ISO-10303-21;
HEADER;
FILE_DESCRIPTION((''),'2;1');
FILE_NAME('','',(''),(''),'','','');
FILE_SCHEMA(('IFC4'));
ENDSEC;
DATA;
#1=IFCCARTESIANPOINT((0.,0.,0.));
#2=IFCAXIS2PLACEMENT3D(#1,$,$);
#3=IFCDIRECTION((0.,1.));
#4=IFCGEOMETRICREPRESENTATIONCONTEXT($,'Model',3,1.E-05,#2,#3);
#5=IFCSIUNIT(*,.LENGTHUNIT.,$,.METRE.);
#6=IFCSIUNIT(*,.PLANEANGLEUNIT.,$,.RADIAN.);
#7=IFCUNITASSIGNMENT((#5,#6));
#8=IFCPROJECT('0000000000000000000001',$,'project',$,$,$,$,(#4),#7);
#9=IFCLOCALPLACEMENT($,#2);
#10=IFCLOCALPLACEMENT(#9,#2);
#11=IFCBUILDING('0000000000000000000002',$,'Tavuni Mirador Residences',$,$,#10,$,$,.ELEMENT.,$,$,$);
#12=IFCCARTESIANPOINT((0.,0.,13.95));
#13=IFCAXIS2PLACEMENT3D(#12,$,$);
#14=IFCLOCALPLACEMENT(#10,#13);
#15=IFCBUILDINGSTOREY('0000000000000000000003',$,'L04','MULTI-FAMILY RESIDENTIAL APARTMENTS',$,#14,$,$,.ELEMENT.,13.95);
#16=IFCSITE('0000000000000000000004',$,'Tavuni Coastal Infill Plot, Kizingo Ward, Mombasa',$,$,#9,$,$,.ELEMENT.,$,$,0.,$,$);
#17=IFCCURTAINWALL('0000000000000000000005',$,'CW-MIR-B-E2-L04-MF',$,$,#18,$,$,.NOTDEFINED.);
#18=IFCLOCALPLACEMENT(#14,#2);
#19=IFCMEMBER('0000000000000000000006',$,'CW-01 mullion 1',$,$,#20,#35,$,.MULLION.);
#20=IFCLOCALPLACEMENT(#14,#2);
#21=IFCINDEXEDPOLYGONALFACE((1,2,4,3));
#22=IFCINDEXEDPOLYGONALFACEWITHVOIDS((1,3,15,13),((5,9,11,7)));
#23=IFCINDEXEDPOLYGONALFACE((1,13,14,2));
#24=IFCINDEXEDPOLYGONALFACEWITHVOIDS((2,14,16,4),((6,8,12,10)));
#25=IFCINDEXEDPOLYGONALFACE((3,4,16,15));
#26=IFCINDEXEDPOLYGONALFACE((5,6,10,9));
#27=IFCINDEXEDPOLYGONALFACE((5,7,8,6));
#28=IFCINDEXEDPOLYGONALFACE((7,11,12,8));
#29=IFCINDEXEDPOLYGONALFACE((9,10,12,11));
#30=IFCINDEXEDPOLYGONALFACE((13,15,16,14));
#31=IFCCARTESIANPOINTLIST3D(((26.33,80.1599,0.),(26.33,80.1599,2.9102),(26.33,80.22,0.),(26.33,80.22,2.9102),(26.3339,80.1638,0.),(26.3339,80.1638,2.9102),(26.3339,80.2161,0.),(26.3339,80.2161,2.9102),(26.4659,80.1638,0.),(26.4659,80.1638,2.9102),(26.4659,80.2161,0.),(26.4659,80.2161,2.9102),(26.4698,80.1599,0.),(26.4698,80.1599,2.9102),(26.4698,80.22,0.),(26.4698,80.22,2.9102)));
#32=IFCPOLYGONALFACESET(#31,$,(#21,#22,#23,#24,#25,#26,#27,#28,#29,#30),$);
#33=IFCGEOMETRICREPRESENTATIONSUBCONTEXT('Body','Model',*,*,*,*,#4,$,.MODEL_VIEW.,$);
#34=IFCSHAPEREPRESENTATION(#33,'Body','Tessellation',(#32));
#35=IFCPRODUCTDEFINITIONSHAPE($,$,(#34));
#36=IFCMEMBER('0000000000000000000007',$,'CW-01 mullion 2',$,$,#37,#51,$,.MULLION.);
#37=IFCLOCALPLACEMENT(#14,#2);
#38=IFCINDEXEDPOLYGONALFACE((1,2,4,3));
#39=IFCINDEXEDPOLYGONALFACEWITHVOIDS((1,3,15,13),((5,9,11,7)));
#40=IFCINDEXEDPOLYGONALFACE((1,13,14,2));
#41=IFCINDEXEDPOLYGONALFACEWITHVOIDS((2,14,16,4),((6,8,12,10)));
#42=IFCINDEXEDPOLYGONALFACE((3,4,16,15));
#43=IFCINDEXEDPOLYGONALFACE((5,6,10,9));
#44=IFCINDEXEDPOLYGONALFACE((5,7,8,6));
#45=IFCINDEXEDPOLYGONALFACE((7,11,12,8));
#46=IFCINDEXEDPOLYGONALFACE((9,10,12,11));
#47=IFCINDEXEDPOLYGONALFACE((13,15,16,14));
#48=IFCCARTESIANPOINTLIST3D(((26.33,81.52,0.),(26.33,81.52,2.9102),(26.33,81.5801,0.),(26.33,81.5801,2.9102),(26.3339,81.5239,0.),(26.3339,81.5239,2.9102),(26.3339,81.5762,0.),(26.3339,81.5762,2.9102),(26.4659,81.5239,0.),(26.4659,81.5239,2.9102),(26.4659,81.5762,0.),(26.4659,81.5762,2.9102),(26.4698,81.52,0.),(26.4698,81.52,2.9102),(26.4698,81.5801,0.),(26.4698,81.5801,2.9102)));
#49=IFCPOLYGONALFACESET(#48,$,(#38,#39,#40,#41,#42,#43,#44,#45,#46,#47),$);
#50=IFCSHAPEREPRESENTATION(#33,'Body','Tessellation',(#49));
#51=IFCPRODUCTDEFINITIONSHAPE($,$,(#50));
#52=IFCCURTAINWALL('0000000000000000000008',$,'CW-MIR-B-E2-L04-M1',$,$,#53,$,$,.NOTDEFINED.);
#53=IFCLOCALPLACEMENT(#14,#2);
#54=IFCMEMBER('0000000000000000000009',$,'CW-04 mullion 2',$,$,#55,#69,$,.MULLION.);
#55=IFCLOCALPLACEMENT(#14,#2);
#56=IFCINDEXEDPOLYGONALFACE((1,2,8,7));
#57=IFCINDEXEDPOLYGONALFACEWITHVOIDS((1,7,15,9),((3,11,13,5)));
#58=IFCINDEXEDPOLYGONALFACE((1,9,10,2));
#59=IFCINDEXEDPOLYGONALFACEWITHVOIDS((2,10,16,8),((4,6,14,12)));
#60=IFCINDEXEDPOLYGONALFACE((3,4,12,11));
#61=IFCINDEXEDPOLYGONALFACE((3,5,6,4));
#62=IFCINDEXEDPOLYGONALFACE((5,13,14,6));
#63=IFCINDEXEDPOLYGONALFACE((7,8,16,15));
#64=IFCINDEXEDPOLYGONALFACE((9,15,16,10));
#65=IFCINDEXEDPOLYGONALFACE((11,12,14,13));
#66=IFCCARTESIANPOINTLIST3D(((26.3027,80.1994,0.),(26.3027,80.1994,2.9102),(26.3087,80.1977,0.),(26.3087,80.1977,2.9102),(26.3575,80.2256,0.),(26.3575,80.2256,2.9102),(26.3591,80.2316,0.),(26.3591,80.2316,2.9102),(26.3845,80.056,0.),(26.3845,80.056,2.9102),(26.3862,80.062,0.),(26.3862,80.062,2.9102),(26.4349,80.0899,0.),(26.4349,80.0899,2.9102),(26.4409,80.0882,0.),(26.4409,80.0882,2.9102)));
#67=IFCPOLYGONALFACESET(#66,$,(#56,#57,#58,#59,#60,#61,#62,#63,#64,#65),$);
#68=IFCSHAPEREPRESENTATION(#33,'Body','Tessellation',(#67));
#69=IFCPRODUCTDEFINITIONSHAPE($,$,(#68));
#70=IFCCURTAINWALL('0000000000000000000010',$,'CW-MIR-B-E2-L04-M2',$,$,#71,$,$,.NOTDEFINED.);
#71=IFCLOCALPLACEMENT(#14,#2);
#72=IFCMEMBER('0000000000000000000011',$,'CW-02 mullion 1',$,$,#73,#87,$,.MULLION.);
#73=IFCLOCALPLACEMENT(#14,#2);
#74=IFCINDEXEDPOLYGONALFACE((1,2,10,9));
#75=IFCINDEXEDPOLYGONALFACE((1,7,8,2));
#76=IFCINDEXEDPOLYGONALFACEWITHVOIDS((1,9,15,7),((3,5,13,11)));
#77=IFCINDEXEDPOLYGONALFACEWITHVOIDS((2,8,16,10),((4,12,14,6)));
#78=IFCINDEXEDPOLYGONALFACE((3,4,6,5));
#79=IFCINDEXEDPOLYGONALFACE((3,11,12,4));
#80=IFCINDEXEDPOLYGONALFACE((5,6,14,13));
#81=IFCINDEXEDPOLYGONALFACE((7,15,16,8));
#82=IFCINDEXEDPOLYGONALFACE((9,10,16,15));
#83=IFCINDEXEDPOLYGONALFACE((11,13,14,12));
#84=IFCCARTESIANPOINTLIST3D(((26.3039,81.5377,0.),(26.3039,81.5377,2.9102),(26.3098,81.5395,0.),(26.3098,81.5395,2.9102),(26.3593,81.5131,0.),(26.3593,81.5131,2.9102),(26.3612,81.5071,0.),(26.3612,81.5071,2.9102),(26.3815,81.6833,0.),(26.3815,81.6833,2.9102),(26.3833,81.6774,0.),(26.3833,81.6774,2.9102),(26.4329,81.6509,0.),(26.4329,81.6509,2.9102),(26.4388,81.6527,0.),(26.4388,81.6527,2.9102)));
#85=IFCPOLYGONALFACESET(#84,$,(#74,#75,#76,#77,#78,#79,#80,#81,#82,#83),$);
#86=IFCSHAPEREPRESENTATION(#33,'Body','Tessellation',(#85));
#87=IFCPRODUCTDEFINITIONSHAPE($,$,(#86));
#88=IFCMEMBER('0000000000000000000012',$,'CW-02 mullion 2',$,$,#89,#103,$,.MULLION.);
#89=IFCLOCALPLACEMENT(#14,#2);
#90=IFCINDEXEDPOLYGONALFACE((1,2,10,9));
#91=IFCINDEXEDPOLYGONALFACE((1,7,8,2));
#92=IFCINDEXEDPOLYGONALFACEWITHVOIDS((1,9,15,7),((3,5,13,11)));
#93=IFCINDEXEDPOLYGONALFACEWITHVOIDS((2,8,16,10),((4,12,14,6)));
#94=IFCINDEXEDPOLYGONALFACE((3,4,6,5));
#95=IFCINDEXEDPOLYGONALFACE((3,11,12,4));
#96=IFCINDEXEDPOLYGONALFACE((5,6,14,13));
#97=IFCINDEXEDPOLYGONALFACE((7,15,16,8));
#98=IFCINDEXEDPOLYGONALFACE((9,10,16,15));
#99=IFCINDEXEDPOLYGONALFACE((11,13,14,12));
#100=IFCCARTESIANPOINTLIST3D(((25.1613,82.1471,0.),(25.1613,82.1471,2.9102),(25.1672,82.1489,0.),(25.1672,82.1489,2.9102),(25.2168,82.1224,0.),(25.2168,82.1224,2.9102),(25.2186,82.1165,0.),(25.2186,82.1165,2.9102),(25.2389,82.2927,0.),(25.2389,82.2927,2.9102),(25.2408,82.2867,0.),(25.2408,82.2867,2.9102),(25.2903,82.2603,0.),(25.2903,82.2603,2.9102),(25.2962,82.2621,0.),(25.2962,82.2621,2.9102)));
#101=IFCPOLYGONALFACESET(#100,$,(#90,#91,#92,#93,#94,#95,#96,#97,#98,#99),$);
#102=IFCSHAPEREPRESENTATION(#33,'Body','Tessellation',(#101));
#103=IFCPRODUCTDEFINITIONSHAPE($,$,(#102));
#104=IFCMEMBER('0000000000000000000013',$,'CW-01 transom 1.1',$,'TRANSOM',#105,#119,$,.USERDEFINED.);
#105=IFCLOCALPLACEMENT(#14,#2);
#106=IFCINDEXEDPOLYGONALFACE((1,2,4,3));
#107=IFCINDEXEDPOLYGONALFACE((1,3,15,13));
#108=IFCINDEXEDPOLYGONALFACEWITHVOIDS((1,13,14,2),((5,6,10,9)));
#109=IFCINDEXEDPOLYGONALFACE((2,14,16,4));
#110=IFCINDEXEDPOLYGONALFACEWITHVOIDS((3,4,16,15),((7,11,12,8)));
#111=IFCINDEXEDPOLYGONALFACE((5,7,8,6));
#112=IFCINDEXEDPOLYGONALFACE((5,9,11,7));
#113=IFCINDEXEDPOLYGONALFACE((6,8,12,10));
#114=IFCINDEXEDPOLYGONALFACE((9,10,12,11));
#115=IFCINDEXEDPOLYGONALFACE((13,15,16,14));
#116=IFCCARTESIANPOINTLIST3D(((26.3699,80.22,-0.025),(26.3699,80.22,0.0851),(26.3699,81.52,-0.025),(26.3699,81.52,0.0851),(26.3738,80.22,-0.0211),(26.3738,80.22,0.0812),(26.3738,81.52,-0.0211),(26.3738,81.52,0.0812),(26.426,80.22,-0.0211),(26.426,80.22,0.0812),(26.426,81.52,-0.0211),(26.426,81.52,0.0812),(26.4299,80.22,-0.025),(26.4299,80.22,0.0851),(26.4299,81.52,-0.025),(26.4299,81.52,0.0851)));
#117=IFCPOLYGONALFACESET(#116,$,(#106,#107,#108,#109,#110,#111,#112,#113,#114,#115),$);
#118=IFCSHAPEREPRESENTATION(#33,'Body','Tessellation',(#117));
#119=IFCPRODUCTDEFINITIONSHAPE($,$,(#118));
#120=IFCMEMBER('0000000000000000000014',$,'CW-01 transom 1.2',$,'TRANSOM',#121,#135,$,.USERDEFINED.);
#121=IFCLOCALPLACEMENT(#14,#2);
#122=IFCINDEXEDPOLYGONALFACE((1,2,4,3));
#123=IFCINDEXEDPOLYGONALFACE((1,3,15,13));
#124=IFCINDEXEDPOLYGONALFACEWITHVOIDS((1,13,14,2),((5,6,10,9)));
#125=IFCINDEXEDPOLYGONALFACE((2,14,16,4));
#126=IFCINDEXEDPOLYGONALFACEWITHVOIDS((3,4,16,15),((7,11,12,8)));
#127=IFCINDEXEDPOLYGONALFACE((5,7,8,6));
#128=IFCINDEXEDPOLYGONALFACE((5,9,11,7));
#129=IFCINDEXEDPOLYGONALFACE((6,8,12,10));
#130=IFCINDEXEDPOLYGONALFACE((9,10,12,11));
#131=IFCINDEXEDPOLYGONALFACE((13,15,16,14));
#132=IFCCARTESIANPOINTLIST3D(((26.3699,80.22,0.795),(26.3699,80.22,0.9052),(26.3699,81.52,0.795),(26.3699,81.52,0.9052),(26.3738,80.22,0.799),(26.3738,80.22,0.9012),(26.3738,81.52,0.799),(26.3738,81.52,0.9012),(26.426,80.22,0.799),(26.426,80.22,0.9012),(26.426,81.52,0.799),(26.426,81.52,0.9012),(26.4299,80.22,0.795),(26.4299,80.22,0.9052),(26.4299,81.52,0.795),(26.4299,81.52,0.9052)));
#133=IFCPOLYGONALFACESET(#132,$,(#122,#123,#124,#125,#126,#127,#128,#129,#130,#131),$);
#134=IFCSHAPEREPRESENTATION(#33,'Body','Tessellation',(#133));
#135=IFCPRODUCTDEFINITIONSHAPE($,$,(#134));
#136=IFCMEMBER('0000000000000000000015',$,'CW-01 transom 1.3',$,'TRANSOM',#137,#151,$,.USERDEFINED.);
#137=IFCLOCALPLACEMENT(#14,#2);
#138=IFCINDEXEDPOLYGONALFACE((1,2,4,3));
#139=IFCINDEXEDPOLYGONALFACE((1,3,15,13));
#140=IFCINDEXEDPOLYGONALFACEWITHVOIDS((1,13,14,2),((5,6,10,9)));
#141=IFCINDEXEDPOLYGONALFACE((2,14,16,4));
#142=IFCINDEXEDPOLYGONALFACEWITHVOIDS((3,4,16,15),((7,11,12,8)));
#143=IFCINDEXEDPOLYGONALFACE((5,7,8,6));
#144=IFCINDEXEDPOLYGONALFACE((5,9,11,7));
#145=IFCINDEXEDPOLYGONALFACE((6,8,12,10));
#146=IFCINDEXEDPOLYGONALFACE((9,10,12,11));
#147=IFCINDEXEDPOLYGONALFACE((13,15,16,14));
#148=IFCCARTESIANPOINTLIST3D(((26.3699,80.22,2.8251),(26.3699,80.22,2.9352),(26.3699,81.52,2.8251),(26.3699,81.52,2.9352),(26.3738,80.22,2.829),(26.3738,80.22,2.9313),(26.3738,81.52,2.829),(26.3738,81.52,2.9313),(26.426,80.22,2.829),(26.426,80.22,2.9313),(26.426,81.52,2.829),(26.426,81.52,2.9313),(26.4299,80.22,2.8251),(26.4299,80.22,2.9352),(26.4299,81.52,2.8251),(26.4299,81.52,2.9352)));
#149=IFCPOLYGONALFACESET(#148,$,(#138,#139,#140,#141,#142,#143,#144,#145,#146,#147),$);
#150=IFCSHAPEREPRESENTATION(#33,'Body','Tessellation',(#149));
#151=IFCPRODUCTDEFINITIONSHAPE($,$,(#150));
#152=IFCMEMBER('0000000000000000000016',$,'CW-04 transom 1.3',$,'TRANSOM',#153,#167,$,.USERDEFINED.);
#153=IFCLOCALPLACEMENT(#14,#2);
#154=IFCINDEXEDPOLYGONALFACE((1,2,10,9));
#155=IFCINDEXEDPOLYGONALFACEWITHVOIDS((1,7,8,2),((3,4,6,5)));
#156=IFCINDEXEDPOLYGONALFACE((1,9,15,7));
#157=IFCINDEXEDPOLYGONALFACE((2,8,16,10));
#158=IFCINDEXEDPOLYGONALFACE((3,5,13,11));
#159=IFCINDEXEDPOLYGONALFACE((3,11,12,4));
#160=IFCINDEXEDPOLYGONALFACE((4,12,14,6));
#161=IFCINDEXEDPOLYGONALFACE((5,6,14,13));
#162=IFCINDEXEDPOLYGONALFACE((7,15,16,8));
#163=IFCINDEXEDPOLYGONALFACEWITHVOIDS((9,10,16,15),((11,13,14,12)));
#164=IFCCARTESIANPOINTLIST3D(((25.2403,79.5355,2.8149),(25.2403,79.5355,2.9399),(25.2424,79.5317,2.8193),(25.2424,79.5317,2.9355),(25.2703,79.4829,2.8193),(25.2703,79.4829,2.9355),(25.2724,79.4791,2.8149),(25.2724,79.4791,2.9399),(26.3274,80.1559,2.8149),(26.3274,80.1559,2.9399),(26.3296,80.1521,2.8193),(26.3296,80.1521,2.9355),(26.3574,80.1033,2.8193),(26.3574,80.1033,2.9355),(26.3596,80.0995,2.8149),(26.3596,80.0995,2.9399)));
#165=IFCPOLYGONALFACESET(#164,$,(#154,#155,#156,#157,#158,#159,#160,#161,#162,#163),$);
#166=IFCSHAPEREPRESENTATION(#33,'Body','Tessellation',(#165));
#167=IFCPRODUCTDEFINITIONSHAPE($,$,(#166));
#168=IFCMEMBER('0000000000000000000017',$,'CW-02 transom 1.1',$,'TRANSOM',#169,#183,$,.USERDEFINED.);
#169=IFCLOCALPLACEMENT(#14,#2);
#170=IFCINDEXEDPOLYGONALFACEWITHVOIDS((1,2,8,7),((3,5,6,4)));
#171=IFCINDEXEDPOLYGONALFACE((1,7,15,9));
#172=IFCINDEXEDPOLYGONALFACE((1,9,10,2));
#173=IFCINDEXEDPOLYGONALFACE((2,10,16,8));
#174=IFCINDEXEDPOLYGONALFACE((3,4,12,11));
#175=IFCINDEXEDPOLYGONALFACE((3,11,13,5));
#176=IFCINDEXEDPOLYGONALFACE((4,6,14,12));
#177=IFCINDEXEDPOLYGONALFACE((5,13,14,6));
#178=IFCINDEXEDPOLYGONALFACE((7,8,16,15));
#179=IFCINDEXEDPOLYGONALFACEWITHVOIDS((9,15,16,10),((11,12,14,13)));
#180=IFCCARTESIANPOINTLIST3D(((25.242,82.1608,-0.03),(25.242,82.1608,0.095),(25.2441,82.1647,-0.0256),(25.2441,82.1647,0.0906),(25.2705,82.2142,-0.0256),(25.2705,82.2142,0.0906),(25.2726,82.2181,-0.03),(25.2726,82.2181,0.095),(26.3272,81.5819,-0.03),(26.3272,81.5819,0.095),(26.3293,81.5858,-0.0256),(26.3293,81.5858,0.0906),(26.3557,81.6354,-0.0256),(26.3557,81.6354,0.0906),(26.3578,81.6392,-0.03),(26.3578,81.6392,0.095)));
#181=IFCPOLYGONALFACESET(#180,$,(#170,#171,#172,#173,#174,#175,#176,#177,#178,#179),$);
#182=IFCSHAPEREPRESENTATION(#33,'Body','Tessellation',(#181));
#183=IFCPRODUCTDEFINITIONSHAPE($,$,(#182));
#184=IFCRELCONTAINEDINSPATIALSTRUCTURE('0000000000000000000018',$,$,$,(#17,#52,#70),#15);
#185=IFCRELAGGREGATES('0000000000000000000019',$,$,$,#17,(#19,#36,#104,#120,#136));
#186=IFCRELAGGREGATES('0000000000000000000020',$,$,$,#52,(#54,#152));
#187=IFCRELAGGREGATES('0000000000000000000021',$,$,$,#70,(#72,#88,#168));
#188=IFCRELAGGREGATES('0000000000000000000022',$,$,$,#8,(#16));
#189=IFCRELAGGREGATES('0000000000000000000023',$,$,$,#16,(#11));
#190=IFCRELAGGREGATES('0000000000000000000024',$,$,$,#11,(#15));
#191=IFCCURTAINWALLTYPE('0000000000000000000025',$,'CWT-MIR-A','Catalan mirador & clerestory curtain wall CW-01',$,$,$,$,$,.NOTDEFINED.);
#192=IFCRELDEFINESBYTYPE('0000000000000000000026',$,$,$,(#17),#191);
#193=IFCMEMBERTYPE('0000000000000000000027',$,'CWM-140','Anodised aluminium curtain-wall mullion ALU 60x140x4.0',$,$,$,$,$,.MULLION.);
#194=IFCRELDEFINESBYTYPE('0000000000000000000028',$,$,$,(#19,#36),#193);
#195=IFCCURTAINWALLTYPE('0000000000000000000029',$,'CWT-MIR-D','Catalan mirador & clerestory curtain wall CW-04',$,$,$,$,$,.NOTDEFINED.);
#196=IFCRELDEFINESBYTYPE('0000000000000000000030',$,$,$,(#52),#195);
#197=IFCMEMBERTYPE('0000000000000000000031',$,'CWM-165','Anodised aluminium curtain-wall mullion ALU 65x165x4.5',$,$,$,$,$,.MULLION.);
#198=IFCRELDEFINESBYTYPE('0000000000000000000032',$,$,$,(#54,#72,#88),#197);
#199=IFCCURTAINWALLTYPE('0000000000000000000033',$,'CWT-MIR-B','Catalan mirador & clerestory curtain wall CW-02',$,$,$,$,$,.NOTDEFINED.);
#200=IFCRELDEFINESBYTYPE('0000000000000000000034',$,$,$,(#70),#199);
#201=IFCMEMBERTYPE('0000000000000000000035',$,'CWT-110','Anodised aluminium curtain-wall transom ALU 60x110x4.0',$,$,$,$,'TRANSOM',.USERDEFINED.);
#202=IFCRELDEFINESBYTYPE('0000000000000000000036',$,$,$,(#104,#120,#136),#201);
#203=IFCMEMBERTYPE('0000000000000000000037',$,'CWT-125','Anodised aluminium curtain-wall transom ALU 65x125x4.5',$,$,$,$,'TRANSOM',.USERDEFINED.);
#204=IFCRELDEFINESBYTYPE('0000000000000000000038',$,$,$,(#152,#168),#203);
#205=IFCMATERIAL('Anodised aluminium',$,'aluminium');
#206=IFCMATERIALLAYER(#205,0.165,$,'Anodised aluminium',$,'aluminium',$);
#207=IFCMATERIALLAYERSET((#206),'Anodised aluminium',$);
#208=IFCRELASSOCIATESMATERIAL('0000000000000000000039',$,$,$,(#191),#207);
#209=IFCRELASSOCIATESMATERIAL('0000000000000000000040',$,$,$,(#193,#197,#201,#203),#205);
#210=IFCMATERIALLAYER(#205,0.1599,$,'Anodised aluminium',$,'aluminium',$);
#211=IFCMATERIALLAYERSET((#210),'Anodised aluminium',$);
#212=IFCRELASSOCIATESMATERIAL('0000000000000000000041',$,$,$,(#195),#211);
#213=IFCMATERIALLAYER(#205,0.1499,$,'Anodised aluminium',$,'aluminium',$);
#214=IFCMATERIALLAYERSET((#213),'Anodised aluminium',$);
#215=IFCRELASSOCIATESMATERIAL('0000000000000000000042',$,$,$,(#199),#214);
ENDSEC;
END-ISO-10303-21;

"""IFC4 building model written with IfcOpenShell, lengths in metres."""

from ifc_helpers import new_model, si_unit, direction, frame, origin, origin_2d, place, context, subcontext, project, spatial, hollow_rectangle, extrude, material, layer, layer_set, material_profile, profile_set, type_object, element, aggregate, save


model = new_model("IFC4")

# Units and contexts
model_context = context("Model", 3, precision=1e-05, world=origin(), true_north=direction((0.0, 1.0)))
body_context = subcontext(model_context, "Body", "Model", "MODEL_VIEW")
ifc_project = project(units=[si_unit("LENGTHUNIT", "METRE"), si_unit("PLANEANGLEUNIT", "RADIAN")], contexts=[model_context])

# Site, building, storey
site_placement = place(None, origin())
site = spatial("IfcSite", under=ifc_project, at=site_placement, Name="Tavuni Coastal Infill Plot, Kizingo Ward, Mombasa", CompositionType="ELEMENT", RefElevation=0.0)
building_placement = place(site_placement, origin())
building = spatial("IfcBuilding", under=site, at=building_placement, Name="Tavuni Mirador Residences", CompositionType="ELEMENT")
storey_placement = place(building_placement, frame((0.0, 0.0, 13.95)))
storey = spatial("IfcBuildingStorey", under=building, at=storey_placement, Name="L04", Description="MULTI-FAMILY RESIDENTIAL APARTMENTS", CompositionType="ELEMENT", Elevation=13.95)

# Curtain wall, members
ifc_material_1 = material(Name="Anodised aluminium", Category="aluminium")
ifc_layer_1 = layer(ifc_material_1, 0.165, Name="Anodised aluminium", Category="aluminium")
ifc_layer_set_1 = layer_set([ifc_layer_1], Name="Anodised aluminium")
curtain_wall_type_1 = type_object("IfcCurtainWallType", Name="CWT-MIR-A", Description="Catalan mirador & clerestory curtain wall CW-01", PredefinedType="NOTDEFINED", material=ifc_layer_set_1)
curtain_wall_1_placement = place(storey_placement, origin())
curtain_wall_1 = element("IfcCurtainWall", 1, at=curtain_wall_1_placement, inside=storey, type_object=curtain_wall_type_1, Name="CW-MIR-B-E2-L04-MF", PredefinedType="NOTDEFINED")
ifc_material_profile_1 = material_profile(ifc_material_1, hollow_rectangle(XDim=0.0601, YDim=0.1399, WallThickness=0.0039, at=origin_2d()), Name="ALU 60x140x4.0", Category="aluminium")
ifc_profile_set_1 = profile_set([ifc_material_profile_1], Name="Anodised aluminium")
member_type_1 = type_object("IfcMemberType", Name="CWM-140", Description="Anodised aluminium curtain-wall mullion ALU 60x140x4.0", PredefinedType="MULLION", material=ifc_profile_set_1)
member_1_placement = place(storey_placement, frame((26.3999, 80.1899, 0.0), z_axis=(0.0, 0.0, 1.0), x_axis=(0.0, 1.0, 0.0)))
member_1 = element("IfcMember", 2, at=member_1_placement, type_object=member_type_1, Name="CW-01 mullion 1", PredefinedType="MULLION", context=body_context, shape_type="SweptSolid", body=[
    extrude(hollow_rectangle(XDim=0.0601, YDim=0.1399, WallThickness=0.0039, at=origin_2d()), origin(), (0.0, 0.0, 1.0), 2.9102),
])
member_2_placement = place(storey_placement, frame((26.3999, 81.55, 0.0), z_axis=(0.0, 0.0, 1.0), x_axis=(0.0, 1.0, 0.0)))
member_2 = element("IfcMember", 3, at=member_2_placement, type_object=member_type_1, Name="CW-01 mullion 2", PredefinedType="MULLION", context=body_context, shape_type="SweptSolid", body=[
    extrude(hollow_rectangle(XDim=0.0601, YDim=0.1399, WallThickness=0.0039, at=origin_2d()), origin(), (0.0, 0.0, 1.0), 2.9102),
])

# Curtain wall, member
ifc_layer_2 = layer(ifc_material_1, 0.1599, Name="Anodised aluminium", Category="aluminium")
ifc_layer_set_2 = layer_set([ifc_layer_2], Name="Anodised aluminium")
curtain_wall_type_2 = type_object("IfcCurtainWallType", Name="CWT-MIR-D", Description="Catalan mirador & clerestory curtain wall CW-04", PredefinedType="NOTDEFINED", material=ifc_layer_set_2)
curtain_wall_2_placement = place(storey_placement, origin())
curtain_wall_2 = element("IfcCurtainWall", 4, at=curtain_wall_2_placement, inside=storey, type_object=curtain_wall_type_2, Name="CW-MIR-B-E2-L04-M1", PredefinedType="NOTDEFINED")
ifc_material_profile_2 = material_profile(ifc_material_1, hollow_rectangle(XDim=0.0649, YDim=0.165, WallThickness=0.0044, at=origin_2d()), Name="ALU 65x165x4.5", Category="aluminium")
ifc_profile_set_2 = profile_set([ifc_material_profile_2], Name="Anodised aluminium")
member_type_2 = type_object("IfcMemberType", Name="CWM-165", Description="Anodised aluminium curtain-wall mullion ALU 65x165x4.5", PredefinedType="MULLION", material=ifc_profile_set_2)
member_3_placement = place(storey_placement, frame((26.3718, 80.1438, 0.0), z_axis=(0.0, 0.0, 1.0), x_axis=(0.868466, 0.495749, 0.0)))
member_3 = element("IfcMember", 5, at=member_3_placement, type_object=member_type_2, Name="CW-04 mullion 2", PredefinedType="MULLION", context=body_context, shape_type="SweptSolid", body=[
    extrude(hollow_rectangle(XDim=0.0649, YDim=0.165, WallThickness=0.0044, at=origin_2d()), origin(), (0.0, 0.0, 1.0), 2.9102),
])

# Curtain wall, members
ifc_layer_3 = layer(ifc_material_1, 0.1499, Name="Anodised aluminium", Category="aluminium")
ifc_layer_set_3 = layer_set([ifc_layer_3], Name="Anodised aluminium")
curtain_wall_type_3 = type_object("IfcCurtainWallType", Name="CWT-MIR-B", Description="Catalan mirador & clerestory curtain wall CW-02", PredefinedType="NOTDEFINED", material=ifc_layer_set_3)
curtain_wall_3_placement = place(storey_placement, origin())
curtain_wall_3 = element("IfcCurtainWall", 6, at=curtain_wall_3_placement, inside=storey, type_object=curtain_wall_type_3, Name="CW-MIR-B-E2-L04-M2", PredefinedType="NOTDEFINED")
member_4_placement = place(storey_placement, frame((26.3713, 81.5952, 0.0), z_axis=(0.0, 0.0, 1.0), x_axis=(-0.882353, 0.470588, 0.0)))
member_4 = element("IfcMember", 7, at=member_4_placement, type_object=member_type_2, Name="CW-02 mullion 1", PredefinedType="MULLION", context=body_context, shape_type="SweptSolid", body=[
    extrude(hollow_rectangle(XDim=0.0649, YDim=0.165, WallThickness=0.0044, at=origin_2d()), origin(), (0.0, 0.0, 1.0), 2.9102),
])
member_5_placement = place(storey_placement, frame((25.2288, 82.2046, 0.0), z_axis=(0.0, 0.0, 1.0), x_axis=(-0.882353, 0.470588, 0.0)))
member_5 = element("IfcMember", 8, at=member_5_placement, type_object=member_type_2, Name="CW-02 mullion 2", PredefinedType="MULLION", context=body_context, shape_type="SweptSolid", body=[
    extrude(hollow_rectangle(XDim=0.0649, YDim=0.165, WallThickness=0.0044, at=origin_2d()), origin(), (0.0, 0.0, 1.0), 2.9102),
])

# Members
ifc_material_profile_3 = material_profile(ifc_material_1, hollow_rectangle(XDim=0.0601, YDim=0.1101, WallThickness=0.0039, at=origin_2d()), Name="ALU 60x110x4.0", Category="aluminium")
ifc_profile_set_3 = profile_set([ifc_material_profile_3], Name="Anodised aluminium")
member_type_3 = type_object("IfcMemberType", Name="CWT-110", Description="Anodised aluminium curtain-wall transom ALU 60x110x4.0", ElementType="TRANSOM", PredefinedType="USERDEFINED", material=ifc_profile_set_3)
member_6_placement = place(storey_placement, frame((26.3999, 80.22, 0.03), z_axis=(0.0, 1.0, 0.0), x_axis=(-1.0, 0.0, 0.0)))
member_6 = element("IfcMember", 9, at=member_6_placement, type_object=member_type_3, Name="CW-01 transom 1.1", ObjectType="TRANSOM", PredefinedType="USERDEFINED", context=body_context, shape_type="SweptSolid", body=[
    extrude(hollow_rectangle(XDim=0.0601, YDim=0.1101, WallThickness=0.0039, at=origin_2d()), origin(), (0.0, 0.0, 1.0), 1.3),
])
member_7_placement = place(storey_placement, frame((26.3999, 80.22, 0.8501), z_axis=(0.0, 1.0, 0.0), x_axis=(-1.0, 0.0, 0.0)))
member_7 = element("IfcMember", 10, at=member_7_placement, type_object=member_type_3, Name="CW-01 transom 1.2", ObjectType="TRANSOM", PredefinedType="USERDEFINED", context=body_context, shape_type="SweptSolid", body=[
    extrude(hollow_rectangle(XDim=0.0601, YDim=0.1101, WallThickness=0.0039, at=origin_2d()), origin(), (0.0, 0.0, 1.0), 1.3),
])
member_8_placement = place(storey_placement, frame((26.3999, 80.22, 2.8801), z_axis=(0.0, 1.0, 0.0), x_axis=(-1.0, 0.0, 0.0)))
member_8 = element("IfcMember", 11, at=member_8_placement, type_object=member_type_3, Name="CW-01 transom 1.3", ObjectType="TRANSOM", PredefinedType="USERDEFINED", context=body_context, shape_type="SweptSolid", body=[
    extrude(hollow_rectangle(XDim=0.0601, YDim=0.1101, WallThickness=0.0039, at=origin_2d()), origin(), (0.0, 0.0, 1.0), 1.3),
])
ifc_material_profile_4 = material_profile(ifc_material_1, hollow_rectangle(XDim=0.0649, YDim=0.125, WallThickness=0.0044, at=origin_2d()), Name="ALU 65x125x4.5", Category="aluminium")
ifc_profile_set_4 = profile_set([ifc_material_profile_4], Name="Anodised aluminium")
member_type_4 = type_object("IfcMemberType", Name="CWT-125", Description="Anodised aluminium curtain-wall transom ALU 65x125x4.5", ElementType="TRANSOM", PredefinedType="USERDEFINED", material=ifc_profile_set_4)
member_9_placement = place(storey_placement, frame((25.2563, 79.5073, 2.8774), z_axis=(0.868543, 0.495614, 0.0), x_axis=(-0.495614, 0.868543, 0.0)))
member_9 = element("IfcMember", 12, at=member_9_placement, type_object=member_type_4, Name="CW-04 transom 1.3", ObjectType="TRANSOM", PredefinedType="USERDEFINED", context=body_context, shape_type="SweptSolid", body=[
    extrude(hollow_rectangle(XDim=0.0649, YDim=0.125, WallThickness=0.0044, at=origin_2d()), origin(), (0.0, 0.0, 1.0), 1.2517),
])
member_10_placement = place(storey_placement, frame((26.3425, 81.6106, 0.0325), z_axis=(-0.882325, 0.47064, 0.0), x_axis=(-0.47064, -0.882325, 0.0)))
member_10 = element("IfcMember", 13, at=member_10_placement, type_object=member_type_4, Name="CW-02 transom 1.1", ObjectType="TRANSOM", PredefinedType="USERDEFINED", context=body_context, shape_type="SweptSolid", body=[
    extrude(hollow_rectangle(XDim=0.0649, YDim=0.125, WallThickness=0.0044, at=origin_2d()), origin(), (0.0, 0.0, 1.0), 1.23),
])

aggregate(curtain_wall_1, [member_1, member_2, member_6, member_7, member_8])
aggregate(curtain_wall_2, [member_3, member_9])
aggregate(curtain_wall_3, [member_4, member_5, member_10])

save(model, "model.ifc")
